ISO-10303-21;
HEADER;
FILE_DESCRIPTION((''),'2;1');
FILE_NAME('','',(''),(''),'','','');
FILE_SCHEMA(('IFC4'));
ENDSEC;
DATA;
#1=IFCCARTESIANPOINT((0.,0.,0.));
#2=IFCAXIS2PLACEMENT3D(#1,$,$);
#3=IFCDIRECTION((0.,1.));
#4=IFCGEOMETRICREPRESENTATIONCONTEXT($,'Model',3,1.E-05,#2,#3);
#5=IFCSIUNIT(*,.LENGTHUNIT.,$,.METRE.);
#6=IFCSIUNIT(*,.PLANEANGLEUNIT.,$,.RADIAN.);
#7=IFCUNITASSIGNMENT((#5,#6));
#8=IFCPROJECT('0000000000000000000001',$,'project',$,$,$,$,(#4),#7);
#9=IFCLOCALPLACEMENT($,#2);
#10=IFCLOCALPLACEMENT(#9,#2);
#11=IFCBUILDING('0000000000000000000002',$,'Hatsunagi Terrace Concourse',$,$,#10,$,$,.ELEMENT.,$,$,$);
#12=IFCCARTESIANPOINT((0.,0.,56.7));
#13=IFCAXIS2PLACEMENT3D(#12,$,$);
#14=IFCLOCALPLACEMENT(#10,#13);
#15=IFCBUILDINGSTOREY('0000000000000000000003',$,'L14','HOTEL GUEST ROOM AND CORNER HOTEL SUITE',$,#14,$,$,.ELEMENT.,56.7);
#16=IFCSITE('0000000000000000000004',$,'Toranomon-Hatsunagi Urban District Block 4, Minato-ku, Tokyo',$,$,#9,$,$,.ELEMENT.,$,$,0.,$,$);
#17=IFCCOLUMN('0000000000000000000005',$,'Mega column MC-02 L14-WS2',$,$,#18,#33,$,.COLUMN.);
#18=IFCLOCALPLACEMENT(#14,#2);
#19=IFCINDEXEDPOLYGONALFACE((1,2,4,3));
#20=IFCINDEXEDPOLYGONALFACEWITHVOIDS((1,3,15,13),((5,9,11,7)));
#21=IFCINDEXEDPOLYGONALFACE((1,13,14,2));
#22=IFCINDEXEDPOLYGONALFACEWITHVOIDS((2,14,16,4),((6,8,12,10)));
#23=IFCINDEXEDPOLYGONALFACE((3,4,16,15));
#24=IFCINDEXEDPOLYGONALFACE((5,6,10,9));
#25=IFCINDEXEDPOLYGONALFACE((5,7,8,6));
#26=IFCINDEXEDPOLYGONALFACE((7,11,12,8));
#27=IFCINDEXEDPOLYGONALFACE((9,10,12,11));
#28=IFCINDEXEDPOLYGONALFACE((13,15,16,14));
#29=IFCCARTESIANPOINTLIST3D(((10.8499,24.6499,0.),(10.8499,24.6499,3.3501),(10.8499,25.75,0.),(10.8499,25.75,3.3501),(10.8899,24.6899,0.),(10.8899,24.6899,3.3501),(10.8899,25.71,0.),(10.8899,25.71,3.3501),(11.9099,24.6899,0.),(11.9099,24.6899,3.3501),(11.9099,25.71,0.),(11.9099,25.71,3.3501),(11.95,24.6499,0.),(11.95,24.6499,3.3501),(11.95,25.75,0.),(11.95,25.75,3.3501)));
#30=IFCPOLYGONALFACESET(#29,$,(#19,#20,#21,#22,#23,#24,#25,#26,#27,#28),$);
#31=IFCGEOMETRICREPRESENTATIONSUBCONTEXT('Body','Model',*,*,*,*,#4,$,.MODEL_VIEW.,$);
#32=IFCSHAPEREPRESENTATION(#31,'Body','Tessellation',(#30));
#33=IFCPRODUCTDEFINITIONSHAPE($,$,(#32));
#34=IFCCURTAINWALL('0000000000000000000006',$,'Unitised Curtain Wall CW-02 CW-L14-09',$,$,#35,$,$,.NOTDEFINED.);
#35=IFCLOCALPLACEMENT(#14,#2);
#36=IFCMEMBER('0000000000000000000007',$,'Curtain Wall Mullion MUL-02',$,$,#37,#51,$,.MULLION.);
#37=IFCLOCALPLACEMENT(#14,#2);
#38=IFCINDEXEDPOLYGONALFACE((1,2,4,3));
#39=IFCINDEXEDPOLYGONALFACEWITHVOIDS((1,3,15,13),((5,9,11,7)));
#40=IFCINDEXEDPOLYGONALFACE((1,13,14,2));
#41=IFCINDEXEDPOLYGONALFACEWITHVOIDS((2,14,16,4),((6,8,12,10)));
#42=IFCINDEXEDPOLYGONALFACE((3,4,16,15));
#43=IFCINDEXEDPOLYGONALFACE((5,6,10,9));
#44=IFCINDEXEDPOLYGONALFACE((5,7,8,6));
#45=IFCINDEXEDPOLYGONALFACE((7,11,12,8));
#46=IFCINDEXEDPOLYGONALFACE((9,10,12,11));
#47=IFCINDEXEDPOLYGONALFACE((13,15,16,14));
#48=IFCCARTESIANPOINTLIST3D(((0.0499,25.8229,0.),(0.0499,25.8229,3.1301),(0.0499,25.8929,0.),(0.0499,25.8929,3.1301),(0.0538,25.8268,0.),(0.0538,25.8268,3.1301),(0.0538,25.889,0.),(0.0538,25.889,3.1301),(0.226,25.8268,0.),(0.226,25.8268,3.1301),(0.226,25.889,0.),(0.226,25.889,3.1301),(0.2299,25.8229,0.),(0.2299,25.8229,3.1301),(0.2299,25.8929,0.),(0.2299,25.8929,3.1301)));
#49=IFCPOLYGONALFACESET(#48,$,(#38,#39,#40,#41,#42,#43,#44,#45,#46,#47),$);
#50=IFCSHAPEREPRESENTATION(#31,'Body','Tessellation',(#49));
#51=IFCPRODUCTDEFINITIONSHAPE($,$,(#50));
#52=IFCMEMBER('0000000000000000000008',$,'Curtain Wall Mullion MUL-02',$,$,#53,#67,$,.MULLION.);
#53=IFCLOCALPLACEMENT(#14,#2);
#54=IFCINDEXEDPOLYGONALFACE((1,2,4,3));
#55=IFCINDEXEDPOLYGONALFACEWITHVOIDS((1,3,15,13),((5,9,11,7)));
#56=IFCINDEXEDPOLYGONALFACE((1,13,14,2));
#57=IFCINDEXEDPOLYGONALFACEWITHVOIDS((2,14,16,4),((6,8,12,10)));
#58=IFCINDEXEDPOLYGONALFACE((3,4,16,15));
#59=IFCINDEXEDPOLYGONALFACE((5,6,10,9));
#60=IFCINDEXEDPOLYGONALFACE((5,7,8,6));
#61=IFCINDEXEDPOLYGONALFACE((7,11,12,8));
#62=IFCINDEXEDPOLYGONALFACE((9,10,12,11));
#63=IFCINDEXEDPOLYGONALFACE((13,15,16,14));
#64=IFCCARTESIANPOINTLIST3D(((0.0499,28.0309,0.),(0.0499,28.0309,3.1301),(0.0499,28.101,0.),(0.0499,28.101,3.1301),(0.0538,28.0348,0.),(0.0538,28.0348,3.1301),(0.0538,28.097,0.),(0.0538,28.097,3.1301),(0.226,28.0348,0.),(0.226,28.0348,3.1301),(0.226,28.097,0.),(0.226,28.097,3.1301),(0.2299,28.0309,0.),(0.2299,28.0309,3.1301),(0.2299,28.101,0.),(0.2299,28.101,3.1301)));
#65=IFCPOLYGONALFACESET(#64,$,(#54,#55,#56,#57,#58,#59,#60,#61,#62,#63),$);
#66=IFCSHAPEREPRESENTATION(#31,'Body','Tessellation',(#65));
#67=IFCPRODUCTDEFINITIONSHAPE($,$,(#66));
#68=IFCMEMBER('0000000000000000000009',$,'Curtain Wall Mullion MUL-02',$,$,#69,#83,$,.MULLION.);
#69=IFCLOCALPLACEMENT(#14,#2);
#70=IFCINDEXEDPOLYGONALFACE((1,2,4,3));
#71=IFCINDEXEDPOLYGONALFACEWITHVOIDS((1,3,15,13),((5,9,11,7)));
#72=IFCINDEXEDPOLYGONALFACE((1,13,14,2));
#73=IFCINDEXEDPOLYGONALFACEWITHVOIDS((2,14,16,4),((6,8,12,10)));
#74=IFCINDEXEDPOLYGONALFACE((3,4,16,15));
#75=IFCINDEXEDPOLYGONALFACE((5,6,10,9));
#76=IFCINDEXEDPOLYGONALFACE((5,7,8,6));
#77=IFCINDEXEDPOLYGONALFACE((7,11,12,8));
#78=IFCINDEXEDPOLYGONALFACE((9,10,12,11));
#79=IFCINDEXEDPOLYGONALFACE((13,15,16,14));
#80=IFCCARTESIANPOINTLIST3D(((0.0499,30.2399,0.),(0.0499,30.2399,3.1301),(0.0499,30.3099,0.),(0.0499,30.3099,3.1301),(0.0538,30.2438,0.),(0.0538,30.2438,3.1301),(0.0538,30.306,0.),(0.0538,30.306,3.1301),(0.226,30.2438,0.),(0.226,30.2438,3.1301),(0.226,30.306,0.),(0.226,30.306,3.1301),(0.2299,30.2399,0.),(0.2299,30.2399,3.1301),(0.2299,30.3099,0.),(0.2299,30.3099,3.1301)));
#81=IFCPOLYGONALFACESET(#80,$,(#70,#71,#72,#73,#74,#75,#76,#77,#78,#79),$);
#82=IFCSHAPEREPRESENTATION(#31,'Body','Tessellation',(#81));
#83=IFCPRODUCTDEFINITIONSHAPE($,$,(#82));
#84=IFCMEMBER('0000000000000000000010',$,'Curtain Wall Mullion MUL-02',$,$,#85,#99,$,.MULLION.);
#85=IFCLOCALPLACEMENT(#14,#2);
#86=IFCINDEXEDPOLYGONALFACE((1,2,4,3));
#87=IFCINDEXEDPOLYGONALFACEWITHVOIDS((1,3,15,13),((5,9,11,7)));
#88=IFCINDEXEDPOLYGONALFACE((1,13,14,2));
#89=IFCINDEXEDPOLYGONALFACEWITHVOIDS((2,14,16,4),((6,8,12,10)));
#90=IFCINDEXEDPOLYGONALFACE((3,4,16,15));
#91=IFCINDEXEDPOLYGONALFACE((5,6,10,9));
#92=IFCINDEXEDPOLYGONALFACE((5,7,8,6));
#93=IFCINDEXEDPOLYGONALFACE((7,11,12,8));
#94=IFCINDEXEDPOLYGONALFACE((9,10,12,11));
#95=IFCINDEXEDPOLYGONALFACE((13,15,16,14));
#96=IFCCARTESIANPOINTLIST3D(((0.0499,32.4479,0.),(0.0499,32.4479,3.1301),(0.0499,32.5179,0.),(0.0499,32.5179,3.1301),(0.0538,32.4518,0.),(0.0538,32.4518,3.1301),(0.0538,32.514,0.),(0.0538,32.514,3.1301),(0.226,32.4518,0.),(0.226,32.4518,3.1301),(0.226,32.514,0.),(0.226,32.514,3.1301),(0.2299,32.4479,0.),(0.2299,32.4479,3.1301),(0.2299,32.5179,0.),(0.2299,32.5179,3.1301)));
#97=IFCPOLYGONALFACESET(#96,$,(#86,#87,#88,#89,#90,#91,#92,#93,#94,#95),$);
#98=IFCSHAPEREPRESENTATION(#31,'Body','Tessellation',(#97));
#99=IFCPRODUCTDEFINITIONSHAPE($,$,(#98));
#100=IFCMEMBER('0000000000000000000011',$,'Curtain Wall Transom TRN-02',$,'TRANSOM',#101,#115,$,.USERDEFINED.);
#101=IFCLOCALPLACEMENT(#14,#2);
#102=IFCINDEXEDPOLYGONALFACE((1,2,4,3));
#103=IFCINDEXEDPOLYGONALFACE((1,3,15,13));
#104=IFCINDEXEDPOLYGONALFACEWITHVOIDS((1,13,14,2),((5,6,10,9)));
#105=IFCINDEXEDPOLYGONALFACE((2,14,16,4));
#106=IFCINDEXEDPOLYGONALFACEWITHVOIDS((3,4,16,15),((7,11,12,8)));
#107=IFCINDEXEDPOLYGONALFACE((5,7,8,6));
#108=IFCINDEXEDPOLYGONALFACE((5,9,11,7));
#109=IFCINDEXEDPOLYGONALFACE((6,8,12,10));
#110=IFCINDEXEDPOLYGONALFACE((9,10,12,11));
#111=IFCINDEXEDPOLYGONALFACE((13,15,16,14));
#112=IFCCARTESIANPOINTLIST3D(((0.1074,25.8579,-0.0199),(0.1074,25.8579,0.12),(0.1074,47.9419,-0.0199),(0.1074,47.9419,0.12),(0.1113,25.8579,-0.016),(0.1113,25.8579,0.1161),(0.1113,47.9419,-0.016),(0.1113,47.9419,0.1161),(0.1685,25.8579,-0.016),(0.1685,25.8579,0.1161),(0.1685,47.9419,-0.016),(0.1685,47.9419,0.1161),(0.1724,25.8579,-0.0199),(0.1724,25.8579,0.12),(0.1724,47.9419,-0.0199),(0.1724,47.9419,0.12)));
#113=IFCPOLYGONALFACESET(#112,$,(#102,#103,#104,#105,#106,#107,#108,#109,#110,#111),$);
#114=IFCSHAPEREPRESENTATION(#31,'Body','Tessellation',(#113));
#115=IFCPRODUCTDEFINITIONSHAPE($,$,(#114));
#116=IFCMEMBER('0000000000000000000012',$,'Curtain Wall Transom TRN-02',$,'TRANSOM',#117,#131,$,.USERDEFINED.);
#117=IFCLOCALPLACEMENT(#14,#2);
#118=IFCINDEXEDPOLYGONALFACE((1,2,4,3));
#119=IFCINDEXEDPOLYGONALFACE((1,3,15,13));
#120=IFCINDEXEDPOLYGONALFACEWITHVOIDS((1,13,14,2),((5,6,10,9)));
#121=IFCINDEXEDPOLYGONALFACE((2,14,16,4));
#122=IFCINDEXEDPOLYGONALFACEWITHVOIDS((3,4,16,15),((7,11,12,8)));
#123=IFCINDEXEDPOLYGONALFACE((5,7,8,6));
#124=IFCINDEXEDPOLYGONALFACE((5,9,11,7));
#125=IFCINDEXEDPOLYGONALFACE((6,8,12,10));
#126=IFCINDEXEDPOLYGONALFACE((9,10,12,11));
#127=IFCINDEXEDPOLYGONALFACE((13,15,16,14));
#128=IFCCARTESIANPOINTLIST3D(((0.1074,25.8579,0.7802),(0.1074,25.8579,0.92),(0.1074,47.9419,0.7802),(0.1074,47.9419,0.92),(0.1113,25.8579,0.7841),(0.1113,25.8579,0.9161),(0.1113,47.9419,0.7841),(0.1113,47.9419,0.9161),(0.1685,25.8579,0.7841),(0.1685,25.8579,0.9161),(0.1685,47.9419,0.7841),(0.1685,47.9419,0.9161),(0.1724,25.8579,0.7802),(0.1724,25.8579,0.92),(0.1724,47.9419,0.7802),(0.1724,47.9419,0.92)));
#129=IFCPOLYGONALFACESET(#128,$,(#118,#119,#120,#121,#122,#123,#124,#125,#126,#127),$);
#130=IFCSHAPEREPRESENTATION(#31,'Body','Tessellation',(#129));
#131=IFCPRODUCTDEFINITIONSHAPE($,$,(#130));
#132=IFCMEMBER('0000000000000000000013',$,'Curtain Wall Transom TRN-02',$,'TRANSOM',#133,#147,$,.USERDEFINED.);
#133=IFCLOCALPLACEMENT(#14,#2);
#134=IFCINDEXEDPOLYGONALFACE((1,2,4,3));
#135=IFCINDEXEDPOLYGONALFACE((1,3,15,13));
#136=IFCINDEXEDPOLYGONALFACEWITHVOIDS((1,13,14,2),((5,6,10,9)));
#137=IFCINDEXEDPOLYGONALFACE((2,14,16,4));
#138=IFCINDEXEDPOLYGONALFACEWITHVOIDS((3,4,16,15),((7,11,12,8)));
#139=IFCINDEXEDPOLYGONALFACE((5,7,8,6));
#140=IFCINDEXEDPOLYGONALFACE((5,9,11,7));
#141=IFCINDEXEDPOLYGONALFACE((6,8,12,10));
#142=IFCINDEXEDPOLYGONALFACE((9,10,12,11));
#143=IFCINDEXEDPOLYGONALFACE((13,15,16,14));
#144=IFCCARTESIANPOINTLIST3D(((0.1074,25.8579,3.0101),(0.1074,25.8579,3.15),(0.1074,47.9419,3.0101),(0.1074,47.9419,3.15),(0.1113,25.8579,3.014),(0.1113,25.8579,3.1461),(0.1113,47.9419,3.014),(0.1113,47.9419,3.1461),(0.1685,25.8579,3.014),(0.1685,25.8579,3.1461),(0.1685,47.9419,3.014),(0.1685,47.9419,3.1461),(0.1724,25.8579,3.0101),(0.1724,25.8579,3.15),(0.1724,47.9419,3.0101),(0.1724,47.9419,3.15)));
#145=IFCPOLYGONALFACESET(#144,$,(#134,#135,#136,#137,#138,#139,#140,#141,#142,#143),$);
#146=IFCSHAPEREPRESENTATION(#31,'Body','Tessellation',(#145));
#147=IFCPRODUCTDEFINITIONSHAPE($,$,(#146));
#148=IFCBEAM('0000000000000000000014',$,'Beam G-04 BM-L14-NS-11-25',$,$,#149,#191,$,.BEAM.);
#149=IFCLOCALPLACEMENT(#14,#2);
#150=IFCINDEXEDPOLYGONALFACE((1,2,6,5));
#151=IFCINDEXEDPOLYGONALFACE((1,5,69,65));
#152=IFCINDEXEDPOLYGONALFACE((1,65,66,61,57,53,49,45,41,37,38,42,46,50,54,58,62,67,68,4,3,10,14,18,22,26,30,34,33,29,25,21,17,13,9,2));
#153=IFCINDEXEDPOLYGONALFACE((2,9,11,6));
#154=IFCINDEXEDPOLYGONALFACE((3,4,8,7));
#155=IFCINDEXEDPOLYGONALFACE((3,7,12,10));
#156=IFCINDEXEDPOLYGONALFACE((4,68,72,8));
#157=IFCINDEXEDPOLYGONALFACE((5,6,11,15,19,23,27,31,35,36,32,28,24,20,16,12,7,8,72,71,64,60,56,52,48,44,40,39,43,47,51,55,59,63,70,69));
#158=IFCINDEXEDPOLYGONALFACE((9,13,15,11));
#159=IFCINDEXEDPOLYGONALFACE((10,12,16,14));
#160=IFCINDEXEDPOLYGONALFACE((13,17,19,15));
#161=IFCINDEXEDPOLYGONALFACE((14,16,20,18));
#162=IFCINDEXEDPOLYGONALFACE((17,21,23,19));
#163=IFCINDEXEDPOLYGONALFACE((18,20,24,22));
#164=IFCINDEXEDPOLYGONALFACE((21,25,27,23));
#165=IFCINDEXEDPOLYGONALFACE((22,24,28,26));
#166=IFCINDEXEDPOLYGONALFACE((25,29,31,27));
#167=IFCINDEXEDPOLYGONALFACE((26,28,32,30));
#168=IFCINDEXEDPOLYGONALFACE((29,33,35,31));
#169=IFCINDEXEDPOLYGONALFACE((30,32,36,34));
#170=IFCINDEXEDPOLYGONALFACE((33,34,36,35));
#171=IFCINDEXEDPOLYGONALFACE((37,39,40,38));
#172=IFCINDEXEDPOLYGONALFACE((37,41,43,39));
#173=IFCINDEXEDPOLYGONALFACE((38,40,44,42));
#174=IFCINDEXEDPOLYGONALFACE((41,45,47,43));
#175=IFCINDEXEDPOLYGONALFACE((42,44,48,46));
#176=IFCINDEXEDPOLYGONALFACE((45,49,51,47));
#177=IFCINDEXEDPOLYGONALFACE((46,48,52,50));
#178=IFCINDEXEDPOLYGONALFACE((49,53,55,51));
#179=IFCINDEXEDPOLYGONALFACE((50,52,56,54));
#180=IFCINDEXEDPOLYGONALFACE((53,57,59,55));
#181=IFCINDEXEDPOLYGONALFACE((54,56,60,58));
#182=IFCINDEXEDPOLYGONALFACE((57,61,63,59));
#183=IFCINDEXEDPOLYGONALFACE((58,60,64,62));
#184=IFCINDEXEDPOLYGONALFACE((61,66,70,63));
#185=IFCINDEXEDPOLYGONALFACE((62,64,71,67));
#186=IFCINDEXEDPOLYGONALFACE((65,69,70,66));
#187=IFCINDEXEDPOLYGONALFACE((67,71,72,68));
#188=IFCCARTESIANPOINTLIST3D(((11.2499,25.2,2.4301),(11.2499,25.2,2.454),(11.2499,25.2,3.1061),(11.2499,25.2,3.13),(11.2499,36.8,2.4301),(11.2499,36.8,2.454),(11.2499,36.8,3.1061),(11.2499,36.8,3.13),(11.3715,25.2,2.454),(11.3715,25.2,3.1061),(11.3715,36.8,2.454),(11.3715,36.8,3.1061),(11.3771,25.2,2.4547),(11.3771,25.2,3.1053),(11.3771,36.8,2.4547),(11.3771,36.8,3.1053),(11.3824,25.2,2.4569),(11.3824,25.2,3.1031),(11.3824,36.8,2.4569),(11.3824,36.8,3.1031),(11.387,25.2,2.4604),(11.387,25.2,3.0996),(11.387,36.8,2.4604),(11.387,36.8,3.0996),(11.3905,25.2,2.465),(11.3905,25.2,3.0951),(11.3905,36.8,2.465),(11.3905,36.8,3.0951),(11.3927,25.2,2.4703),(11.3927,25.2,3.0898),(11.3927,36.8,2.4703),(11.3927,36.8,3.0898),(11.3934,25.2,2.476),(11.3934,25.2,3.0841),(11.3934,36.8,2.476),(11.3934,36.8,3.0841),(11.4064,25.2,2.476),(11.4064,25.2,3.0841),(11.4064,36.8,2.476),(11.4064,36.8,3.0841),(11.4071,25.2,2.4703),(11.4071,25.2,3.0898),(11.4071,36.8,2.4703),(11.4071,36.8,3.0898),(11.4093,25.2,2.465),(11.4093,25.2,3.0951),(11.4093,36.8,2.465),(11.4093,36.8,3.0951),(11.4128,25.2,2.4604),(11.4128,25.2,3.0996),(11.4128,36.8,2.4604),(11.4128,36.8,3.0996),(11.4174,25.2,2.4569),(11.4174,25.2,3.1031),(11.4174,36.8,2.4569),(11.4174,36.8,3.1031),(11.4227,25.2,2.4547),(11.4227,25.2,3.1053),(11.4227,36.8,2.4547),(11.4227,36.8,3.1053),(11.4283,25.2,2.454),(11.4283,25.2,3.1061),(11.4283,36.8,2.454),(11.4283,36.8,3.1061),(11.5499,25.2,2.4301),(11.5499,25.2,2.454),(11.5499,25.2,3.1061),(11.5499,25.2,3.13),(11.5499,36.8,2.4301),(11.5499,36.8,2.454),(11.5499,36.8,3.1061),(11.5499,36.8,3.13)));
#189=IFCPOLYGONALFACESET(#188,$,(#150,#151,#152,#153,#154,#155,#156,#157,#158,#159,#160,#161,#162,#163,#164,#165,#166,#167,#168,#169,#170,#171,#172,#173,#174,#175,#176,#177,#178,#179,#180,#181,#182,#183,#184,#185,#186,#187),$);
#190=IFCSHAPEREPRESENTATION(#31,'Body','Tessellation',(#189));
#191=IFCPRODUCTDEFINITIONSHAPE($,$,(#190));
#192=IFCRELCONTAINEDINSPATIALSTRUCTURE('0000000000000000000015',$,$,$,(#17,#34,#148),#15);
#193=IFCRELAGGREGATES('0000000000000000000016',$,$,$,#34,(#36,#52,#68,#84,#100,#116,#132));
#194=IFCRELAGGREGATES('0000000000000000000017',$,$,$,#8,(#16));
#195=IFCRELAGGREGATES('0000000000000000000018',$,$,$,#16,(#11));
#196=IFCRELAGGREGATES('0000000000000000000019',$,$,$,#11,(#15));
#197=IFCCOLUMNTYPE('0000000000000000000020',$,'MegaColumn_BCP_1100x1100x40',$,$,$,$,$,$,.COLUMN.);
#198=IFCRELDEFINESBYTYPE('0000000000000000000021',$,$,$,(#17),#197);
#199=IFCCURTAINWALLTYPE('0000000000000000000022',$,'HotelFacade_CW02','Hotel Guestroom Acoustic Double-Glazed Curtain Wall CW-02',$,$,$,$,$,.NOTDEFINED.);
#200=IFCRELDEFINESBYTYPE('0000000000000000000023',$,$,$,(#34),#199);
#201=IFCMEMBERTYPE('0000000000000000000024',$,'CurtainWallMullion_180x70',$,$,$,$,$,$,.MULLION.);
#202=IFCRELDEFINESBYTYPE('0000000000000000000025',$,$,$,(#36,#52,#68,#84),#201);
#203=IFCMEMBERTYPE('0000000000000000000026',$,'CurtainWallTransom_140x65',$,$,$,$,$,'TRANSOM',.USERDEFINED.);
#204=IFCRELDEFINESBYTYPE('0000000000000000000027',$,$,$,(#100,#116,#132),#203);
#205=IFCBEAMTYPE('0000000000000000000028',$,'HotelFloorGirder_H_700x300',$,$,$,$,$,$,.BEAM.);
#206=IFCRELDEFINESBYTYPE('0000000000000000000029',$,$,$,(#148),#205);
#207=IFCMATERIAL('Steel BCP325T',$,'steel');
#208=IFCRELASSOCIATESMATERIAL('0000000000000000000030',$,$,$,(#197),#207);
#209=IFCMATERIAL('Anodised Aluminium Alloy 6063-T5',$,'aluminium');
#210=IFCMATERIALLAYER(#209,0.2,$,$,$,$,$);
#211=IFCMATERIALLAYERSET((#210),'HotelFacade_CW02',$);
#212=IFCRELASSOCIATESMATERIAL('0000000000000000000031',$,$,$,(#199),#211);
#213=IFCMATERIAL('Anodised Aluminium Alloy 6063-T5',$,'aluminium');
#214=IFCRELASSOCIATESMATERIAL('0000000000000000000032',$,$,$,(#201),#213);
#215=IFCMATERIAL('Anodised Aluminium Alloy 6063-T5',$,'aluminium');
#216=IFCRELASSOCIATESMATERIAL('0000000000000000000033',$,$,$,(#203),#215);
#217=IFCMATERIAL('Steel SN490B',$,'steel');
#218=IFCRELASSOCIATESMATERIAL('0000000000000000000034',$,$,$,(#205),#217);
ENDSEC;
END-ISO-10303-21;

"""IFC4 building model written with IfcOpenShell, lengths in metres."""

from ifc_helpers import new_model, si_unit, direction, frame, origin, origin_2d, place, context, subcontext, project, spatial, hollow_rectangle, i_section, extrude, material, layer, layer_set, material_profile, profile_set, type_object, element, aggregate, save


model = new_model("IFC4")

# Units and contexts
model_context = context("Model", 3, precision=1e-05, world=origin(), true_north=direction((0.0, 1.0)))
body_context = subcontext(model_context, "Body", "Model", "MODEL_VIEW")
ifc_project = project(units=[si_unit("LENGTHUNIT", "METRE"), si_unit("PLANEANGLEUNIT", "RADIAN")], contexts=[model_context])

# Site, building, storey
site_placement = place(None, origin())
site = spatial("IfcSite", under=ifc_project, at=site_placement, Name="Toranomon-Hatsunagi Urban District Block 4, Minato-ku, Tokyo", CompositionType="ELEMENT", RefElevation=0.0)
building_placement = place(site_placement, origin())
building = spatial("IfcBuilding", under=site, at=building_placement, Name="Hatsunagi Terrace Concourse", CompositionType="ELEMENT")
storey_placement = place(building_placement, frame((0.0, 0.0, 56.7)))
storey = spatial("IfcBuildingStorey", under=building, at=storey_placement, Name="L14", Description="HOTEL GUEST ROOM AND CORNER HOTEL SUITE", CompositionType="ELEMENT", Elevation=56.7)

# Column
ifc_material_1 = material(Name="Steel BCP325T", Category="steel")
ifc_material_profile_1 = material_profile(ifc_material_1, hollow_rectangle(XDim=1.1001, YDim=1.1001, WallThickness=0.04, at=origin_2d()), Name="BCP-1100x1100x40")
ifc_profile_set_1 = profile_set([ifc_material_profile_1], Name="Steel BCP325T")
column_type = type_object("IfcColumnType", Name="MegaColumn_BCP_1100x1100x40", PredefinedType="COLUMN", material=ifc_profile_set_1)
column_placement = place(storey_placement, frame((11.3999, 25.2, 0.0), z_axis=(0.0, 0.0, 1.0), x_axis=(1.0, 0.0, 0.0)))
element("IfcColumn", 1, at=column_placement, inside=storey, type_object=column_type, Name="Mega column MC-02 L14-WS2", PredefinedType="COLUMN", context=body_context, shape_type="SweptSolid", body=[
    extrude(hollow_rectangle(XDim=1.1001, YDim=1.1001, WallThickness=0.04, at=origin_2d()), origin(), (0.0, 0.0, 1.0), 3.3501),
])

# Curtain wall, members
ifc_material_2 = material(Name="Anodised Aluminium Alloy 6063-T5", Category="aluminium")
ifc_layer_1 = layer(ifc_material_2, 0.2)
ifc_layer_set_1 = layer_set([ifc_layer_1], Name="HotelFacade_CW02")
curtain_wall_type = type_object("IfcCurtainWallType", Name="HotelFacade_CW02", Description="Hotel Guestroom Acoustic Double-Glazed Curtain Wall CW-02", PredefinedType="NOTDEFINED", material=ifc_layer_set_1)
curtain_wall_placement = place(storey_placement, origin())
curtain_wall = element("IfcCurtainWall", 2, at=curtain_wall_placement, inside=storey, type_object=curtain_wall_type, Name="Unitised Curtain Wall CW-02 CW-L14-09", PredefinedType="NOTDEFINED")
ifc_material_3 = material(Name="Anodised Aluminium Alloy 6063-T5", Category="aluminium")
ifc_material_profile_2 = material_profile(ifc_material_3, hollow_rectangle(XDim=0.0701, YDim=0.1799, WallThickness=0.0039, at=origin_2d()), Name="ALU-MUL-180x70x4")
ifc_profile_set_2 = profile_set([ifc_material_profile_2], Name="Anodised Aluminium Alloy 6063-T5")
member_type_1 = type_object("IfcMemberType", Name="CurtainWallMullion_180x70", PredefinedType="MULLION", material=ifc_profile_set_2)
member_1_placement = place(storey_placement, frame((0.1399, 25.8579, 0.0), z_axis=(0.0, 0.0, 1.0), x_axis=(0.0, 1.0, 0.0)))
member_1 = element("IfcMember", 3, at=member_1_placement, type_object=member_type_1, Name="Curtain Wall Mullion MUL-02", PredefinedType="MULLION", context=body_context, shape_type="SweptSolid", body=[
    extrude(hollow_rectangle(XDim=0.0701, YDim=0.1799, WallThickness=0.0039, at=origin_2d()), origin(), (0.0, 0.0, 1.0), 3.1301),
])
member_2_placement = place(storey_placement, frame((0.1399, 28.0659, 0.0), z_axis=(0.0, 0.0, 1.0), x_axis=(0.0, 1.0, 0.0)))
member_2 = element("IfcMember", 4, at=member_2_placement, type_object=member_type_1, Name="Curtain Wall Mullion MUL-02", PredefinedType="MULLION", context=body_context, shape_type="SweptSolid", body=[
    extrude(hollow_rectangle(XDim=0.0701, YDim=0.1799, WallThickness=0.0039, at=origin_2d()), origin(), (0.0, 0.0, 1.0), 3.1301),
])
member_3_placement = place(storey_placement, frame((0.1399, 30.2749, 0.0), z_axis=(0.0, 0.0, 1.0), x_axis=(0.0, 1.0, 0.0)))
member_3 = element("IfcMember", 5, at=member_3_placement, type_object=member_type_1, Name="Curtain Wall Mullion MUL-02", PredefinedType="MULLION", context=body_context, shape_type="SweptSolid", body=[
    extrude(hollow_rectangle(XDim=0.0701, YDim=0.1799, WallThickness=0.0039, at=origin_2d()), origin(), (0.0, 0.0, 1.0), 3.1301),
])
member_4_placement = place(storey_placement, frame((0.1399, 32.4829, 0.0), z_axis=(0.0, 0.0, 1.0), x_axis=(0.0, 1.0, 0.0)))
member_4 = element("IfcMember", 6, at=member_4_placement, type_object=member_type_1, Name="Curtain Wall Mullion MUL-02", PredefinedType="MULLION", context=body_context, shape_type="SweptSolid", body=[
    extrude(hollow_rectangle(XDim=0.0701, YDim=0.1799, WallThickness=0.0039, at=origin_2d()), origin(), (0.0, 0.0, 1.0), 3.1301),
])
ifc_material_4 = material(Name="Anodised Aluminium Alloy 6063-T5", Category="aluminium")
ifc_material_profile_3 = material_profile(ifc_material_4, hollow_rectangle(XDim=0.0649, YDim=0.1399, WallThickness=0.0039, at=origin_2d()), Name="ALU-TRN-140x65x4")
ifc_profile_set_3 = profile_set([ifc_material_profile_3], Name="Anodised Aluminium Alloy 6063-T5")
member_type_2 = type_object("IfcMemberType", Name="CurtainWallTransom_140x65", ElementType="TRANSOM", PredefinedType="USERDEFINED", material=ifc_profile_set_3)
member_5_placement = place(storey_placement, frame((0.1399, 25.8579, 0.05), z_axis=(0.0, 1.0, 0.0), x_axis=(-1.0, 0.0, 0.0)))
member_5 = element("IfcMember", 7, at=member_5_placement, type_object=member_type_2, Name="Curtain Wall Transom TRN-02", ObjectType="TRANSOM", PredefinedType="USERDEFINED", context=body_context, shape_type="SweptSolid", body=[
    extrude(hollow_rectangle(XDim=0.0649, YDim=0.1399, WallThickness=0.0039, at=origin_2d()), origin(), (0.0, 0.0, 1.0), 22.084),
])
member_6_placement = place(storey_placement, frame((0.1399, 25.8579, 0.8501), z_axis=(0.0, 1.0, 0.0), x_axis=(-1.0, 0.0, 0.0)))
member_6 = element("IfcMember", 8, at=member_6_placement, type_object=member_type_2, Name="Curtain Wall Transom TRN-02", ObjectType="TRANSOM", PredefinedType="USERDEFINED", context=body_context, shape_type="SweptSolid", body=[
    extrude(hollow_rectangle(XDim=0.0649, YDim=0.1399, WallThickness=0.0039, at=origin_2d()), origin(), (0.0, 0.0, 1.0), 22.084),
])
member_7_placement = place(storey_placement, frame((0.1399, 25.8579, 3.0801), z_axis=(0.0, 1.0, 0.0), x_axis=(-1.0, 0.0, 0.0)))
member_7 = element("IfcMember", 9, at=member_7_placement, type_object=member_type_2, Name="Curtain Wall Transom TRN-02", ObjectType="TRANSOM", PredefinedType="USERDEFINED", context=body_context, shape_type="SweptSolid", body=[
    extrude(hollow_rectangle(XDim=0.0649, YDim=0.1399, WallThickness=0.0039, at=origin_2d()), origin(), (0.0, 0.0, 1.0), 22.084),
])

# Beam
ifc_material_5 = material(Name="Steel SN490B", Category="steel")
ifc_material_profile_4 = material_profile(ifc_material_5, i_section(OverallWidth=0.3, OverallDepth=0.7, WebThickness=0.0129, FlangeThickness=0.0239, FilletRadius=0.022, at=origin_2d()), Name="H-700x300x13x24")
ifc_profile_set_4 = profile_set([ifc_material_profile_4], Name="Steel SN490B")
beam_type_1 = type_object("IfcBeamType", Name="HotelFloorGirder_H_700x300", PredefinedType="BEAM", material=ifc_profile_set_4)
beam_1_placement = place(storey_placement, frame((11.3999, 25.2, 2.78), z_axis=(0.0, 1.0, 0.0), x_axis=(-1.0, 0.0, 0.0)))
element("IfcBeam", 10, at=beam_1_placement, inside=storey, type_object=beam_type_1, Name="Beam G-04 BM-L14-NS-11-25", PredefinedType="BEAM", context=body_context, shape_type="SweptSolid", body=[
    extrude(i_section(OverallWidth=0.3, OverallDepth=0.7, WebThickness=0.0129, FlangeThickness=0.0239, FilletRadius=0.022, at=origin_2d()), origin(), (0.0, 0.0, 1.0), 11.6001),
])

aggregate(curtain_wall, [member_1, member_2, member_3, member_4, member_5, member_6, member_7])

save(model, "model.ifc")
